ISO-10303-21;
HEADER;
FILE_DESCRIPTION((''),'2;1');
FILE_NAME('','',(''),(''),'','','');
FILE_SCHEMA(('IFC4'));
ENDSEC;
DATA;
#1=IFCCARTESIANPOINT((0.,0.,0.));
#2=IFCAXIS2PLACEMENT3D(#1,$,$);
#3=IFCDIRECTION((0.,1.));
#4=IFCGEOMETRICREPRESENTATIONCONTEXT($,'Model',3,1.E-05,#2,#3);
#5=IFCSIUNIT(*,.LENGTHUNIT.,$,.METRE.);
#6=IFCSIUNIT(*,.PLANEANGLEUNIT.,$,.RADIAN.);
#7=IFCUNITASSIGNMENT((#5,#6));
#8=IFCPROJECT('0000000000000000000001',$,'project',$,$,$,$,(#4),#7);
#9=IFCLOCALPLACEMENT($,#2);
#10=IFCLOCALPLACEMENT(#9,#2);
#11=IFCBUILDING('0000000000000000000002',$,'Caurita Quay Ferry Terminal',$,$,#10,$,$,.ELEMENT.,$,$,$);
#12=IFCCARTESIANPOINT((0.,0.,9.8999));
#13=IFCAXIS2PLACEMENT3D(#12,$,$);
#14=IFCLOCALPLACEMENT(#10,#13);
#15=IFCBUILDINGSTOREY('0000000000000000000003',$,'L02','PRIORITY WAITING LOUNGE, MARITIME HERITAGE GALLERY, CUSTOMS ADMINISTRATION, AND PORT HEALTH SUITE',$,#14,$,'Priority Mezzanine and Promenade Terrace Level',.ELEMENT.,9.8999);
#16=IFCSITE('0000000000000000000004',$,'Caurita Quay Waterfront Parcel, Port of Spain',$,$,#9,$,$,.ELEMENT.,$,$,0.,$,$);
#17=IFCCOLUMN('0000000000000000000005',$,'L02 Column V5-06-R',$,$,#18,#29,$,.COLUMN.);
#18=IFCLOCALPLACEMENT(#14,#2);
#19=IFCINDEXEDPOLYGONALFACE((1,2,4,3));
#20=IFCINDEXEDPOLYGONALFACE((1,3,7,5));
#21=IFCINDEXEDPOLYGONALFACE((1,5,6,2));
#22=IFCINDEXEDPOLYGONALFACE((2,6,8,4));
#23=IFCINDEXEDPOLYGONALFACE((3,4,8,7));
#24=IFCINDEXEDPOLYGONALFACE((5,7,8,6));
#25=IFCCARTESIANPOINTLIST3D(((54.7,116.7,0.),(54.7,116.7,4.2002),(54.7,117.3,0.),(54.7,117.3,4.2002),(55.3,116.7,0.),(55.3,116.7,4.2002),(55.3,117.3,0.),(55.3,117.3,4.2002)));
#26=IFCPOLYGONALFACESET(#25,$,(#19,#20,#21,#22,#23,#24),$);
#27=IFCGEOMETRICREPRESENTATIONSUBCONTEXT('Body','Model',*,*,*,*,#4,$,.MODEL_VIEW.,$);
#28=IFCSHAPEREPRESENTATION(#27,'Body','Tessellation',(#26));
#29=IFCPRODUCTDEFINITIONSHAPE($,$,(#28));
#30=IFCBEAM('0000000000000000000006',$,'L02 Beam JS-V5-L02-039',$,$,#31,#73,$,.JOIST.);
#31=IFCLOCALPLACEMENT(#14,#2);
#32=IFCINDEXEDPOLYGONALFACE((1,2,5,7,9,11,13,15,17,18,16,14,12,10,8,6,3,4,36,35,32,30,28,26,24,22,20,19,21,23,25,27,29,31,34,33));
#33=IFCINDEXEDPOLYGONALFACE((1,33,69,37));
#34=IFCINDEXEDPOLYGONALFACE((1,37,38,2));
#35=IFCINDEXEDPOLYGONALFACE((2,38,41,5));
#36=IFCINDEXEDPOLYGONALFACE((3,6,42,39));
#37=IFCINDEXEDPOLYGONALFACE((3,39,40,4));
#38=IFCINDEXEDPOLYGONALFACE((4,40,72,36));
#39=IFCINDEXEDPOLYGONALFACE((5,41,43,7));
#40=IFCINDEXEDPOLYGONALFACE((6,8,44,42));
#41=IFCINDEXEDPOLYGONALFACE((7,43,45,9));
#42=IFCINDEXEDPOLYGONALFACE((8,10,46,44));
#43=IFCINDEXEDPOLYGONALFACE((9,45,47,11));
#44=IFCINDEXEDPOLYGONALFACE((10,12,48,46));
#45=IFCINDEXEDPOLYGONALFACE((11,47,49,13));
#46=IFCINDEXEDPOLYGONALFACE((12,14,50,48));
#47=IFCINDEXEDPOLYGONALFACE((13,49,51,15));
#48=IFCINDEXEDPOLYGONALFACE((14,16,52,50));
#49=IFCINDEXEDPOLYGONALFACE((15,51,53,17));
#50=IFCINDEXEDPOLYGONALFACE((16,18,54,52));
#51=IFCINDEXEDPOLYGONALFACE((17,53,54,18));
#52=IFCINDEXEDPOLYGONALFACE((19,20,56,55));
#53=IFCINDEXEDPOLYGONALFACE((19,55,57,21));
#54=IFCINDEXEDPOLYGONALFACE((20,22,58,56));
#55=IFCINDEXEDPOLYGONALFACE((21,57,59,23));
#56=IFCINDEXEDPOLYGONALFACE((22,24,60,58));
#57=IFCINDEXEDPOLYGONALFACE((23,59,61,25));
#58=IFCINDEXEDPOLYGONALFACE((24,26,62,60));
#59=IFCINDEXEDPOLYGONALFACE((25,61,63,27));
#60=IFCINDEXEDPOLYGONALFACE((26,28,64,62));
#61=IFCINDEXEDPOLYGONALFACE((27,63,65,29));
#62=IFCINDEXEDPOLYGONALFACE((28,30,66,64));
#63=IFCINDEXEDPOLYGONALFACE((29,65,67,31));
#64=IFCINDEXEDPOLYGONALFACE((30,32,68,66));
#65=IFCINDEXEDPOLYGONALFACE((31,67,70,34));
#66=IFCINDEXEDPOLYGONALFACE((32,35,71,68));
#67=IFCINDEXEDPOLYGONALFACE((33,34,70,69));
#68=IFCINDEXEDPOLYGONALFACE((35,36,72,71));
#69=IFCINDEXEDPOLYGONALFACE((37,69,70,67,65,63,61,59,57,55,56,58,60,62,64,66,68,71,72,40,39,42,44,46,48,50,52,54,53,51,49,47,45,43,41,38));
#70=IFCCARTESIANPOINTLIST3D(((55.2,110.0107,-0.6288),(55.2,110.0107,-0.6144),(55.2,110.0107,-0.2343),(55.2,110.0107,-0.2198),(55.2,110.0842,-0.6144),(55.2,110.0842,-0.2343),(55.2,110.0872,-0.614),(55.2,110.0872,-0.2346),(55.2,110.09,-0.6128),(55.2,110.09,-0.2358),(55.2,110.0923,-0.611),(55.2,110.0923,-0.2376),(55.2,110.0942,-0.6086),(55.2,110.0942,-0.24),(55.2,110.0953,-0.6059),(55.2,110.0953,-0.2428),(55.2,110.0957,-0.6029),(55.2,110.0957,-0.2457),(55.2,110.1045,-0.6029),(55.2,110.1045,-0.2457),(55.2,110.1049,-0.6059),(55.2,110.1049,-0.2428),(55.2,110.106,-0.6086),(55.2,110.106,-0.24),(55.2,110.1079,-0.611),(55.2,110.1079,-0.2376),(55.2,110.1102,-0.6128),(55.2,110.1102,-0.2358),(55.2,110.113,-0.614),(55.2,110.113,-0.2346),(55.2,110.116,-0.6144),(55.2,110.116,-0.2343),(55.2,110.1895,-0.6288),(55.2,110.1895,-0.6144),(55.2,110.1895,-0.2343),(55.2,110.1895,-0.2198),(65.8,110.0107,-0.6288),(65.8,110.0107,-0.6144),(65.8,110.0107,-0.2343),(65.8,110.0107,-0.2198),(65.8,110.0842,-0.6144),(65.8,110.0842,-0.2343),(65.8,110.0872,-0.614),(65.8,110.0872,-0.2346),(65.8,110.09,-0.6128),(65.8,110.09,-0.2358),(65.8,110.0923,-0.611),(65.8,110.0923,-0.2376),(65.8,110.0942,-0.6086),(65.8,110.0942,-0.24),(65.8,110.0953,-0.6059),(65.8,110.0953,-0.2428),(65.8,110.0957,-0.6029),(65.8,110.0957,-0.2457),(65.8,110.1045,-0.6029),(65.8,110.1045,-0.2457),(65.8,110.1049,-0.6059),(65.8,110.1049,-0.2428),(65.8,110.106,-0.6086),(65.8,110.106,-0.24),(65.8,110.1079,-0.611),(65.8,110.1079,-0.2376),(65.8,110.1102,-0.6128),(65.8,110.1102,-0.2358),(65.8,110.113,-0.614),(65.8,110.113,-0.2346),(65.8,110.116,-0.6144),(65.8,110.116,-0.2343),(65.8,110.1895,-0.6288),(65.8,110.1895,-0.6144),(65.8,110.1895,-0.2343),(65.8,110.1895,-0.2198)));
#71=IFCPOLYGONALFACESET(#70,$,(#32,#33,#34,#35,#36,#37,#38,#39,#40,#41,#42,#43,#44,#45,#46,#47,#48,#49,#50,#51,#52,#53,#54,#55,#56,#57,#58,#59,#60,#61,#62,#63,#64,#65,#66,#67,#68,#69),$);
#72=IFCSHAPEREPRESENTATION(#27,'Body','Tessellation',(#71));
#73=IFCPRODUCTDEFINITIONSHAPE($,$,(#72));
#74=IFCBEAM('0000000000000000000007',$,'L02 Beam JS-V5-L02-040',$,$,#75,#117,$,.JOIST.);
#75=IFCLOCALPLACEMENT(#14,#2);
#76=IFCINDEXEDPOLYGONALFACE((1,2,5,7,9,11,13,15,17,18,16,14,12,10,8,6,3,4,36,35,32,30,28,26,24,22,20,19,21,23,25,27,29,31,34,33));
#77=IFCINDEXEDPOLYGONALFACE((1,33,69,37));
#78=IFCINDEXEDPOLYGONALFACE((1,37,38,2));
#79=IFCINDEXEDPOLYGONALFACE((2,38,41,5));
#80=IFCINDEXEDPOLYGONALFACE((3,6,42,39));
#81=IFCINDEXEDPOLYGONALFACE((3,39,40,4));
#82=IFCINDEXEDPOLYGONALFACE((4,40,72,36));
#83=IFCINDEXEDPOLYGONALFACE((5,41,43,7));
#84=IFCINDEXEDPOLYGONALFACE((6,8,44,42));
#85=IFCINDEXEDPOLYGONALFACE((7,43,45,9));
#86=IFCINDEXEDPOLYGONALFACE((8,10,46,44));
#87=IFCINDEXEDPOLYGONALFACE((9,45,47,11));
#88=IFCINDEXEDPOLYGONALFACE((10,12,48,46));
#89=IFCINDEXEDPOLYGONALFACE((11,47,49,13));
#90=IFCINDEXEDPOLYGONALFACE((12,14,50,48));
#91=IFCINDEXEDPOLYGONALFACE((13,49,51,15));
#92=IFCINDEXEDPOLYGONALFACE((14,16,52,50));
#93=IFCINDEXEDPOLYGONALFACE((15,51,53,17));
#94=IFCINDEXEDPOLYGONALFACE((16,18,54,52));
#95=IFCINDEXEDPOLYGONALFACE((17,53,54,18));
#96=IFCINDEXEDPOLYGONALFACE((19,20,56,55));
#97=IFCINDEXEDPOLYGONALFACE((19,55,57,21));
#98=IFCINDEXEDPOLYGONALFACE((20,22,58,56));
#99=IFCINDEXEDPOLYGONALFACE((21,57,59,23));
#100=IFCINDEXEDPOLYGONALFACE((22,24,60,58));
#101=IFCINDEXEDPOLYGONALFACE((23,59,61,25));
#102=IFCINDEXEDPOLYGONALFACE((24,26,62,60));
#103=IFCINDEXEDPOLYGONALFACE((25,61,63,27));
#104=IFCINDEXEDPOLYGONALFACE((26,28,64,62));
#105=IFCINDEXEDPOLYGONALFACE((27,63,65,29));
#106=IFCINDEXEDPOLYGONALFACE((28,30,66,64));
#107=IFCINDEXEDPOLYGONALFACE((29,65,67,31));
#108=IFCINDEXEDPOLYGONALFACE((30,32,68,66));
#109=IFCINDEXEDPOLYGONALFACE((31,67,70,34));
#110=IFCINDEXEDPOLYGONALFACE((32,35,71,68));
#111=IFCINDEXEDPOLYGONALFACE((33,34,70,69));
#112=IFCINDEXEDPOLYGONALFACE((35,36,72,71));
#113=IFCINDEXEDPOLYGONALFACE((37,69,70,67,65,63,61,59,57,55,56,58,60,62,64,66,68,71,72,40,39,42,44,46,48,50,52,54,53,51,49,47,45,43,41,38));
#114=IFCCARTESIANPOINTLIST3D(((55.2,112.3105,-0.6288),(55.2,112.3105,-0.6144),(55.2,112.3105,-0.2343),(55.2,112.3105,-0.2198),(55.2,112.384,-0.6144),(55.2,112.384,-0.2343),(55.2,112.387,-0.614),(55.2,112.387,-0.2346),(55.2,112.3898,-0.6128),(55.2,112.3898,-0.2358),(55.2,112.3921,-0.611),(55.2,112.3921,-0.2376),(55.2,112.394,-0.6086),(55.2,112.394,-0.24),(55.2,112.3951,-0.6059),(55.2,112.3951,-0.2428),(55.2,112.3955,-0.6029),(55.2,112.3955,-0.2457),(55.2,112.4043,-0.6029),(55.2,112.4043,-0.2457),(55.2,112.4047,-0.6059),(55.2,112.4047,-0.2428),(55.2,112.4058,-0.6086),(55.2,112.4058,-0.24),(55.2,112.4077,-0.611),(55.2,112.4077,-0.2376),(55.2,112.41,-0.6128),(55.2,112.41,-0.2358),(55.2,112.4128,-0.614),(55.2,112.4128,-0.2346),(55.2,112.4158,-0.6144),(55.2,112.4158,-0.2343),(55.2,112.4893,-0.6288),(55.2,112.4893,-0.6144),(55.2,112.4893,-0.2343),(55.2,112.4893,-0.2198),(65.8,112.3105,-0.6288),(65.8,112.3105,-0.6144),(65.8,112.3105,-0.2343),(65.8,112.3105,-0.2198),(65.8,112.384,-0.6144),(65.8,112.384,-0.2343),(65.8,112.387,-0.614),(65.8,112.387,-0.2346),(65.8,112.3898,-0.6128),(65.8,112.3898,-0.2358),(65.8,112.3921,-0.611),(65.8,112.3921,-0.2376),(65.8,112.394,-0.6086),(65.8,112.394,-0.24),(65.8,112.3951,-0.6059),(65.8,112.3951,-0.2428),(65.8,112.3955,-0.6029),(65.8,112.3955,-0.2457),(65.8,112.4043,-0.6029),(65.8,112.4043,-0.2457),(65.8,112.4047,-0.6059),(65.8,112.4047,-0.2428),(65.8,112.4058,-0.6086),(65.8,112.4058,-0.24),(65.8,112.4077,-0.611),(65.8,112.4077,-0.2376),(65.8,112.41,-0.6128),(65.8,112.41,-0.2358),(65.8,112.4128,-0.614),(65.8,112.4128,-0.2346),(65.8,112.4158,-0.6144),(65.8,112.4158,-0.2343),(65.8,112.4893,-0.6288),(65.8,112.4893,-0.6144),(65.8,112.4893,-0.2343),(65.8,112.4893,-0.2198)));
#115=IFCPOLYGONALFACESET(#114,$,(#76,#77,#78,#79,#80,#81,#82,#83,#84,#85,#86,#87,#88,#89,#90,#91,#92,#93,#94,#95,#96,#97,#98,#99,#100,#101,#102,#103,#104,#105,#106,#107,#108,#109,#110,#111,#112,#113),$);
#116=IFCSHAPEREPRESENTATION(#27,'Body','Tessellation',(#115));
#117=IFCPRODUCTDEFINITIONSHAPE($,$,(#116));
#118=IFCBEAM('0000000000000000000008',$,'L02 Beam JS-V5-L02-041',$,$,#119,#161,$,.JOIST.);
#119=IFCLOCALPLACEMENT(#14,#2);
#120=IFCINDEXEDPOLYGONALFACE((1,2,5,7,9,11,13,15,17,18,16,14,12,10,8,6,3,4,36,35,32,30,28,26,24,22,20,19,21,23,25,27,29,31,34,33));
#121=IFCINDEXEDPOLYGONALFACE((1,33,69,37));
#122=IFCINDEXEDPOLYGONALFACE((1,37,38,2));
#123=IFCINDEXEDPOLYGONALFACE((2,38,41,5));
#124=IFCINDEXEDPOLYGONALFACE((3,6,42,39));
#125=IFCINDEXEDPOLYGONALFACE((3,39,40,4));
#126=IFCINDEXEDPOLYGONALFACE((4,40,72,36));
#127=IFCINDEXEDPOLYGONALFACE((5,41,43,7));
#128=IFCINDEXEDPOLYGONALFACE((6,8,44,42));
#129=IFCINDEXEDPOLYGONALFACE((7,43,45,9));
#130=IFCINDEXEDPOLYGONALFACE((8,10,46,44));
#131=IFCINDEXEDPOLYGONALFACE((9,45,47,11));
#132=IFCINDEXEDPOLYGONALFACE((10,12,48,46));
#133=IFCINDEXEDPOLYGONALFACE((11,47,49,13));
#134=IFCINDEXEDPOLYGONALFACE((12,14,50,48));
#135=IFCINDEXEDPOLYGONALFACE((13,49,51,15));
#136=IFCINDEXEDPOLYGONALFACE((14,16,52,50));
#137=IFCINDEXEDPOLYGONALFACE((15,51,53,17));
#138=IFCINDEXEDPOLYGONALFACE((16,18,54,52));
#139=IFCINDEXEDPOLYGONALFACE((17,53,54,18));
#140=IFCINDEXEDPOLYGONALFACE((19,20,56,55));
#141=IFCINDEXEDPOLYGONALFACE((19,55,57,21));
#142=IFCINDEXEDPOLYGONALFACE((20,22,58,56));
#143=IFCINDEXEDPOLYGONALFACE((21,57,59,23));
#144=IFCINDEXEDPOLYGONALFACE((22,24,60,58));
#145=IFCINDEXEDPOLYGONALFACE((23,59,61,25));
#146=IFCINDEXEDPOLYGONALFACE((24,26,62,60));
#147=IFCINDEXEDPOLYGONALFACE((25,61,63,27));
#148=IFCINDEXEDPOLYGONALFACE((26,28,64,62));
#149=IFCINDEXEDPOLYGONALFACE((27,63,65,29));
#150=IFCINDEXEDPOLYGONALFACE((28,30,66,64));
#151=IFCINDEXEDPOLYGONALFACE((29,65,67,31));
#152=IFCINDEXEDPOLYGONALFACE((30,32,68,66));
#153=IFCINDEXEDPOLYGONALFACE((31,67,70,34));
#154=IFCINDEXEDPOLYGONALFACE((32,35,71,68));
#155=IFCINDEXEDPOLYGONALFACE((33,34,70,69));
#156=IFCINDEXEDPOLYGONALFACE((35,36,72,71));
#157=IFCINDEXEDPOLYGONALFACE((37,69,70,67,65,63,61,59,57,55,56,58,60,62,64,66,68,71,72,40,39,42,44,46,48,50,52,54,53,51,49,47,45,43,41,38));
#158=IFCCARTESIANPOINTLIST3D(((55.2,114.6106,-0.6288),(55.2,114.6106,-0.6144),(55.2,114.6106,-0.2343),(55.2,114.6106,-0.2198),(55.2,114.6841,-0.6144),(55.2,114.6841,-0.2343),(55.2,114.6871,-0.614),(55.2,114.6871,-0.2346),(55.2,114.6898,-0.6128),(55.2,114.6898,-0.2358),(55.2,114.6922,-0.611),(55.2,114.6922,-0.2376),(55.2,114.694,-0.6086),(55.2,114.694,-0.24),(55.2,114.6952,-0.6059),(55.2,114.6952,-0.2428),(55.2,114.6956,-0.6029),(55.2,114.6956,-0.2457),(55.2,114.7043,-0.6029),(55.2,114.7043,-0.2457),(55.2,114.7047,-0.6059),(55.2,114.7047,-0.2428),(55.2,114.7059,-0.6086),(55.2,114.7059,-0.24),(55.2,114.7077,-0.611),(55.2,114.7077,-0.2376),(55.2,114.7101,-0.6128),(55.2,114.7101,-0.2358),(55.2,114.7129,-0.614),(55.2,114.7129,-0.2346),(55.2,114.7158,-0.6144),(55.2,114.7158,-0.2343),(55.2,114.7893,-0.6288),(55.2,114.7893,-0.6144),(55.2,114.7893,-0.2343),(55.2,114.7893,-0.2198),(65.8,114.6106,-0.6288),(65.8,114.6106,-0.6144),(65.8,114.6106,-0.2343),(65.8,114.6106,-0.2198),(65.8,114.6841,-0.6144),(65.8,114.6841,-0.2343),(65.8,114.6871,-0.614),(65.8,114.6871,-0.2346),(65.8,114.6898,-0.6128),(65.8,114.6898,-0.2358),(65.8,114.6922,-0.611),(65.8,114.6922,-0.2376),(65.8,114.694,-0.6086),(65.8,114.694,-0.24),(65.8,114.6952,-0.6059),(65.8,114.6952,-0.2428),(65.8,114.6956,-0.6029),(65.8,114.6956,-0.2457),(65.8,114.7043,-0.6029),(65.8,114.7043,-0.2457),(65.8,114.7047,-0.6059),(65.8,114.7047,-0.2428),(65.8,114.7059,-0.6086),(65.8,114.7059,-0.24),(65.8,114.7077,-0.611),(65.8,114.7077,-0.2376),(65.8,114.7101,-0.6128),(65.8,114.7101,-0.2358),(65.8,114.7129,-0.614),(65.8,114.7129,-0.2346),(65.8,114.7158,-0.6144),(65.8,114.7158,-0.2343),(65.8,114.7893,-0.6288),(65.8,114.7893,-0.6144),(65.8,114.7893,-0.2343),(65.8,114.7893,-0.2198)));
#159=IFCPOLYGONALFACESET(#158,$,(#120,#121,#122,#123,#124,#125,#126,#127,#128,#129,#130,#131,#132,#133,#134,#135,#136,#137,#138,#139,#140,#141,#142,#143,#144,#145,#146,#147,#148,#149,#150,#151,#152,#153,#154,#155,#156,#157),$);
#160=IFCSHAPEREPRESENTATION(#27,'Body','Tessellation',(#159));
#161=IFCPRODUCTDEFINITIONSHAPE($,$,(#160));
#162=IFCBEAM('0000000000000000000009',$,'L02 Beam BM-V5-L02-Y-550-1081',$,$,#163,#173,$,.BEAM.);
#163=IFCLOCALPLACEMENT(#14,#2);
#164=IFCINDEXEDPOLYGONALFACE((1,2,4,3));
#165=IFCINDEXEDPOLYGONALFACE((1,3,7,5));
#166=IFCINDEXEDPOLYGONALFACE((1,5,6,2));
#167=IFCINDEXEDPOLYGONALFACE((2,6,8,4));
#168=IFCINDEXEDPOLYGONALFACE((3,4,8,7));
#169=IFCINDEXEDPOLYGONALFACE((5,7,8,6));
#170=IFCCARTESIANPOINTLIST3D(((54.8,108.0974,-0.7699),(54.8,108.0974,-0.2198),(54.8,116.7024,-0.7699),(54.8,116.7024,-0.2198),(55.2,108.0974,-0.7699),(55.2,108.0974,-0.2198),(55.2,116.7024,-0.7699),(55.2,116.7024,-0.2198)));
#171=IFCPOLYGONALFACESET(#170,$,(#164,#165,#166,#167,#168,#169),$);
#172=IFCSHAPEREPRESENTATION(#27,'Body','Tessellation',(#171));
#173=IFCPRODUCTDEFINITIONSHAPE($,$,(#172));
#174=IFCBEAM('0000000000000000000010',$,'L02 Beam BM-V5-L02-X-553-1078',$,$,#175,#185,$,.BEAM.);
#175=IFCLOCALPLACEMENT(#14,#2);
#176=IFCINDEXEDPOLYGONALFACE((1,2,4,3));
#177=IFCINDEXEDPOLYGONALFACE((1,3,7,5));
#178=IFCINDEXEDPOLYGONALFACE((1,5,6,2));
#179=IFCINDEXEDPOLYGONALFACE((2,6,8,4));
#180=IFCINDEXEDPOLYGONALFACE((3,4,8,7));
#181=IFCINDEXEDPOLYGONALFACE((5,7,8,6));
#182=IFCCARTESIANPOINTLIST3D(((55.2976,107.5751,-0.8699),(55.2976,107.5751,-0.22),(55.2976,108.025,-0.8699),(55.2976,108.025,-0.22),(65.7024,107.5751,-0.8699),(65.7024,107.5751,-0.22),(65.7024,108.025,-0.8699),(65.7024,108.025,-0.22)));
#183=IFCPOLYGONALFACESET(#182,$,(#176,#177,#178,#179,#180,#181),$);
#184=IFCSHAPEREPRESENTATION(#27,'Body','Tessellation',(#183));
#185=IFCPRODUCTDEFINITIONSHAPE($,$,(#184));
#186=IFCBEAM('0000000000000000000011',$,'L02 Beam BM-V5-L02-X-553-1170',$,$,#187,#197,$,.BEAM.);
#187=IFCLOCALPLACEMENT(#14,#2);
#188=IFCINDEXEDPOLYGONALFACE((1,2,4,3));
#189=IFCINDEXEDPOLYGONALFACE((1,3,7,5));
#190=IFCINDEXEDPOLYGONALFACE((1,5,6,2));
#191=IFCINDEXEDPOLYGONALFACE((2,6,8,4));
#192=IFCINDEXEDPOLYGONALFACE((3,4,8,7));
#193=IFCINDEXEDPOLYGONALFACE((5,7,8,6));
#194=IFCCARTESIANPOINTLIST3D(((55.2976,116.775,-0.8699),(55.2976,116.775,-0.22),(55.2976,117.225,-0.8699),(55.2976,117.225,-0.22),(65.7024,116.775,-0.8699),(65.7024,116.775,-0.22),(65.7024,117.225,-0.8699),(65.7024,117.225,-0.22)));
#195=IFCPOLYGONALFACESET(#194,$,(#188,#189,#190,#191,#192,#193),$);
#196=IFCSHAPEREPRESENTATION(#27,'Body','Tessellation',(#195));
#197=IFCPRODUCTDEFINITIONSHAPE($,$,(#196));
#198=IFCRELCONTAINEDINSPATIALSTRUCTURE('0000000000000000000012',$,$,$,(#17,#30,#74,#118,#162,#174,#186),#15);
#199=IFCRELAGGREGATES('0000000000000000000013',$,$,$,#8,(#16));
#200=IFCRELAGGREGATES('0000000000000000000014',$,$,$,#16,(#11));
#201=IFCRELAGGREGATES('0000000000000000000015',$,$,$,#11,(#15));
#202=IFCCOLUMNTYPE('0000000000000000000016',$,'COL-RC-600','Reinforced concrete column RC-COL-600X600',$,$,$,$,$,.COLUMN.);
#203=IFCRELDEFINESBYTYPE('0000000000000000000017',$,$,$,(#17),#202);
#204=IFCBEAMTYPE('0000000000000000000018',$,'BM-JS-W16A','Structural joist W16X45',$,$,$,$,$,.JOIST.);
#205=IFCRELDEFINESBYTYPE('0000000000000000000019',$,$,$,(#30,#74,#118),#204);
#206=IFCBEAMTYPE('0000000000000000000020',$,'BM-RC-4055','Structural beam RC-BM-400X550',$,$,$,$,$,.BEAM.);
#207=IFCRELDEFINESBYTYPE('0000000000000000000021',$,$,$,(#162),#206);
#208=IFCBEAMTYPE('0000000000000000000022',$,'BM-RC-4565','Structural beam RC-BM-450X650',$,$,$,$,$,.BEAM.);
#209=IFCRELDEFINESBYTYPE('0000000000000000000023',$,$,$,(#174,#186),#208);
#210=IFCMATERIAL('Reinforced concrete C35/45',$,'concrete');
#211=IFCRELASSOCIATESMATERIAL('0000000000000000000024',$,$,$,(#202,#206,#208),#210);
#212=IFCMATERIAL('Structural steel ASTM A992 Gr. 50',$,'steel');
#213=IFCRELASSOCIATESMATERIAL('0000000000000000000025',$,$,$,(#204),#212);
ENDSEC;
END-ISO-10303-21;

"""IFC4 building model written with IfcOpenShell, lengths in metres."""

from ifc_helpers import new_model, si_unit, direction, frame, origin, origin_2d, place, context, subcontext, project, spatial, rectangle, i_section, extrude, material, material_profile, profile_set, type_object, element, save


model = new_model("IFC4")

# Units and contexts
model_context = context("Model", 3, precision=1e-05, world=origin(), true_north=direction((0.0, 1.0)))
body_context = subcontext(model_context, "Body", "Model", "MODEL_VIEW")
ifc_project = project(units=[si_unit("LENGTHUNIT", "METRE"), si_unit("PLANEANGLEUNIT", "RADIAN")], contexts=[model_context])

# Site, building, storey
site_placement = place(None, origin())
site = spatial("IfcSite", under=ifc_project, at=site_placement, Name="Caurita Quay Waterfront Parcel, Port of Spain", CompositionType="ELEMENT", RefElevation=0.0)
building_placement = place(site_placement, origin())
building = spatial("IfcBuilding", under=site, at=building_placement, Name="Caurita Quay Ferry Terminal", CompositionType="ELEMENT")
storey_placement = place(building_placement, frame((0.0, 0.0, 9.8999)))
storey = spatial("IfcBuildingStorey", under=building, at=storey_placement, Name="L02", Description="PRIORITY WAITING LOUNGE, MARITIME HERITAGE GALLERY, CUSTOMS ADMINISTRATION, AND PORT HEALTH SUITE", LongName="Priority Mezzanine and Promenade Terrace Level", CompositionType="ELEMENT", Elevation=9.8999)

# Column
ifc_material_1 = material(Name="Reinforced concrete C35/45", Category="concrete")
ifc_material_profile_1 = material_profile(ifc_material_1, rectangle(XDim=0.6001, YDim=0.6001, at=origin_2d()), Name="RC-COL-600X600")
ifc_profile_set_1 = profile_set([ifc_material_profile_1], Name="Reinforced concrete C35/45")
column_type = type_object("IfcColumnType", Name="COL-RC-600", Description="Reinforced concrete column RC-COL-600X600", PredefinedType="COLUMN", material=ifc_profile_set_1)
column_placement = place(storey_placement, frame((55.0, 117.0, 0.0), z_axis=(0.0, 0.0, 1.0), x_axis=(1.0, 0.0, 0.0)))
element("IfcColumn", 1, at=column_placement, inside=storey, type_object=column_type, Name="L02 Column V5-06-R", PredefinedType="COLUMN", context=body_context, shape_type="SweptSolid", body=[
    extrude(rectangle(XDim=0.6001, YDim=0.6001, at=origin_2d()), origin(), (0.0, 0.0, 1.0), 4.2002),
])

# Beams
ifc_material_2 = material(Name="Structural steel ASTM A992 Gr. 50", Category="steel")
ifc_material_profile_2 = material_profile(ifc_material_2, i_section(OverallWidth=0.1787, OverallDepth=0.4089, WebThickness=0.0088, FlangeThickness=0.0144, FilletRadius=0.0115, at=origin_2d()), Name="W16X45")
ifc_profile_set_2 = profile_set([ifc_material_profile_2], Name="Structural steel ASTM A992 Gr. 50")
beam_type_1 = type_object("IfcBeamType", Name="BM-JS-W16A", Description="Structural joist W16X45", PredefinedType="JOIST", material=ifc_profile_set_2)
for number, where, z_axis, x_axis, name in (
    (2, (55.2, 110.1001, -0.4243), (1.0, 0.0, 0.0), (0.0, 1.0, 0.0), "L02 Beam JS-V5-L02-039"),
    (3, (55.2, 112.3999, -0.4243), (1.0, 0.0, 0.0), (0.0, 1.0, 0.0), "L02 Beam JS-V5-L02-040"),
    (4, (55.2, 114.7, -0.4243), (1.0, 0.0, 0.0), (0.0, 1.0, 0.0), "L02 Beam JS-V5-L02-041"),
):
    element("IfcBeam", number, at=place(storey_placement, frame(where, z_axis=z_axis, x_axis=x_axis)), inside=storey, type_object=beam_type_1, Name=name, PredefinedType="JOIST", context=body_context, shape_type="SweptSolid", body=[
        extrude(i_section(OverallWidth=0.1787, OverallDepth=0.4089, WebThickness=0.0088, FlangeThickness=0.0144, FilletRadius=0.0115, at=origin_2d()), origin(), (0.0, 0.0, 1.0), 10.6001),
    ])
ifc_material_profile_3 = material_profile(ifc_material_1, rectangle(XDim=0.3999, YDim=0.55, at=origin_2d()), Name="RC-BM-400X550")
ifc_profile_set_3 = profile_set([ifc_material_profile_3], Name="Reinforced concrete C35/45")
beam_type_2 = type_object("IfcBeamType", Name="BM-RC-4055", Description="Structural beam RC-BM-400X550", PredefinedType="BEAM", material=ifc_profile_set_3)
beam_placement = place(storey_placement, frame((55.0, 108.0974, -0.4949), z_axis=(0.0, 1.0, 0.0), x_axis=(-1.0, 0.0, 0.0)))
element("IfcBeam", 5, at=beam_placement, inside=storey, type_object=beam_type_2, Name="L02 Beam BM-V5-L02-Y-550-1081", PredefinedType="BEAM", context=body_context, shape_type="SweptSolid", body=[
    extrude(rectangle(XDim=0.3999, YDim=0.55, at=origin_2d()), origin(), (0.0, 0.0, 1.0), 8.605),
])
ifc_material_profile_4 = material_profile(ifc_material_1, rectangle(XDim=0.45, YDim=0.6499, at=origin_2d()), Name="RC-BM-450X650")
ifc_profile_set_4 = profile_set([ifc_material_profile_4], Name="Reinforced concrete C35/45")
beam_type_3 = type_object("IfcBeamType", Name="BM-RC-4565", Description="Structural beam RC-BM-450X650", PredefinedType="BEAM", material=ifc_profile_set_4)
for number, where, z_axis, x_axis, name in (
    (6, (55.2976, 107.8, -0.5449), (1.0, 0.0, 0.0), (0.0, 1.0, 0.0), "L02 Beam BM-V5-L02-X-553-1078"),
    (7, (55.2976, 117.0, -0.5449), (1.0, 0.0, 0.0), (0.0, 1.0, 0.0), "L02 Beam BM-V5-L02-X-553-1170"),
):
    element("IfcBeam", number, at=place(storey_placement, frame(where, z_axis=z_axis, x_axis=x_axis)), inside=storey, type_object=beam_type_3, Name=name, PredefinedType="BEAM", context=body_context, shape_type="SweptSolid", body=[
        extrude(rectangle(XDim=0.45, YDim=0.6499, at=origin_2d()), origin(), (0.0, 0.0, 1.0), 10.4048),
    ])

save(model, "model.ifc")
